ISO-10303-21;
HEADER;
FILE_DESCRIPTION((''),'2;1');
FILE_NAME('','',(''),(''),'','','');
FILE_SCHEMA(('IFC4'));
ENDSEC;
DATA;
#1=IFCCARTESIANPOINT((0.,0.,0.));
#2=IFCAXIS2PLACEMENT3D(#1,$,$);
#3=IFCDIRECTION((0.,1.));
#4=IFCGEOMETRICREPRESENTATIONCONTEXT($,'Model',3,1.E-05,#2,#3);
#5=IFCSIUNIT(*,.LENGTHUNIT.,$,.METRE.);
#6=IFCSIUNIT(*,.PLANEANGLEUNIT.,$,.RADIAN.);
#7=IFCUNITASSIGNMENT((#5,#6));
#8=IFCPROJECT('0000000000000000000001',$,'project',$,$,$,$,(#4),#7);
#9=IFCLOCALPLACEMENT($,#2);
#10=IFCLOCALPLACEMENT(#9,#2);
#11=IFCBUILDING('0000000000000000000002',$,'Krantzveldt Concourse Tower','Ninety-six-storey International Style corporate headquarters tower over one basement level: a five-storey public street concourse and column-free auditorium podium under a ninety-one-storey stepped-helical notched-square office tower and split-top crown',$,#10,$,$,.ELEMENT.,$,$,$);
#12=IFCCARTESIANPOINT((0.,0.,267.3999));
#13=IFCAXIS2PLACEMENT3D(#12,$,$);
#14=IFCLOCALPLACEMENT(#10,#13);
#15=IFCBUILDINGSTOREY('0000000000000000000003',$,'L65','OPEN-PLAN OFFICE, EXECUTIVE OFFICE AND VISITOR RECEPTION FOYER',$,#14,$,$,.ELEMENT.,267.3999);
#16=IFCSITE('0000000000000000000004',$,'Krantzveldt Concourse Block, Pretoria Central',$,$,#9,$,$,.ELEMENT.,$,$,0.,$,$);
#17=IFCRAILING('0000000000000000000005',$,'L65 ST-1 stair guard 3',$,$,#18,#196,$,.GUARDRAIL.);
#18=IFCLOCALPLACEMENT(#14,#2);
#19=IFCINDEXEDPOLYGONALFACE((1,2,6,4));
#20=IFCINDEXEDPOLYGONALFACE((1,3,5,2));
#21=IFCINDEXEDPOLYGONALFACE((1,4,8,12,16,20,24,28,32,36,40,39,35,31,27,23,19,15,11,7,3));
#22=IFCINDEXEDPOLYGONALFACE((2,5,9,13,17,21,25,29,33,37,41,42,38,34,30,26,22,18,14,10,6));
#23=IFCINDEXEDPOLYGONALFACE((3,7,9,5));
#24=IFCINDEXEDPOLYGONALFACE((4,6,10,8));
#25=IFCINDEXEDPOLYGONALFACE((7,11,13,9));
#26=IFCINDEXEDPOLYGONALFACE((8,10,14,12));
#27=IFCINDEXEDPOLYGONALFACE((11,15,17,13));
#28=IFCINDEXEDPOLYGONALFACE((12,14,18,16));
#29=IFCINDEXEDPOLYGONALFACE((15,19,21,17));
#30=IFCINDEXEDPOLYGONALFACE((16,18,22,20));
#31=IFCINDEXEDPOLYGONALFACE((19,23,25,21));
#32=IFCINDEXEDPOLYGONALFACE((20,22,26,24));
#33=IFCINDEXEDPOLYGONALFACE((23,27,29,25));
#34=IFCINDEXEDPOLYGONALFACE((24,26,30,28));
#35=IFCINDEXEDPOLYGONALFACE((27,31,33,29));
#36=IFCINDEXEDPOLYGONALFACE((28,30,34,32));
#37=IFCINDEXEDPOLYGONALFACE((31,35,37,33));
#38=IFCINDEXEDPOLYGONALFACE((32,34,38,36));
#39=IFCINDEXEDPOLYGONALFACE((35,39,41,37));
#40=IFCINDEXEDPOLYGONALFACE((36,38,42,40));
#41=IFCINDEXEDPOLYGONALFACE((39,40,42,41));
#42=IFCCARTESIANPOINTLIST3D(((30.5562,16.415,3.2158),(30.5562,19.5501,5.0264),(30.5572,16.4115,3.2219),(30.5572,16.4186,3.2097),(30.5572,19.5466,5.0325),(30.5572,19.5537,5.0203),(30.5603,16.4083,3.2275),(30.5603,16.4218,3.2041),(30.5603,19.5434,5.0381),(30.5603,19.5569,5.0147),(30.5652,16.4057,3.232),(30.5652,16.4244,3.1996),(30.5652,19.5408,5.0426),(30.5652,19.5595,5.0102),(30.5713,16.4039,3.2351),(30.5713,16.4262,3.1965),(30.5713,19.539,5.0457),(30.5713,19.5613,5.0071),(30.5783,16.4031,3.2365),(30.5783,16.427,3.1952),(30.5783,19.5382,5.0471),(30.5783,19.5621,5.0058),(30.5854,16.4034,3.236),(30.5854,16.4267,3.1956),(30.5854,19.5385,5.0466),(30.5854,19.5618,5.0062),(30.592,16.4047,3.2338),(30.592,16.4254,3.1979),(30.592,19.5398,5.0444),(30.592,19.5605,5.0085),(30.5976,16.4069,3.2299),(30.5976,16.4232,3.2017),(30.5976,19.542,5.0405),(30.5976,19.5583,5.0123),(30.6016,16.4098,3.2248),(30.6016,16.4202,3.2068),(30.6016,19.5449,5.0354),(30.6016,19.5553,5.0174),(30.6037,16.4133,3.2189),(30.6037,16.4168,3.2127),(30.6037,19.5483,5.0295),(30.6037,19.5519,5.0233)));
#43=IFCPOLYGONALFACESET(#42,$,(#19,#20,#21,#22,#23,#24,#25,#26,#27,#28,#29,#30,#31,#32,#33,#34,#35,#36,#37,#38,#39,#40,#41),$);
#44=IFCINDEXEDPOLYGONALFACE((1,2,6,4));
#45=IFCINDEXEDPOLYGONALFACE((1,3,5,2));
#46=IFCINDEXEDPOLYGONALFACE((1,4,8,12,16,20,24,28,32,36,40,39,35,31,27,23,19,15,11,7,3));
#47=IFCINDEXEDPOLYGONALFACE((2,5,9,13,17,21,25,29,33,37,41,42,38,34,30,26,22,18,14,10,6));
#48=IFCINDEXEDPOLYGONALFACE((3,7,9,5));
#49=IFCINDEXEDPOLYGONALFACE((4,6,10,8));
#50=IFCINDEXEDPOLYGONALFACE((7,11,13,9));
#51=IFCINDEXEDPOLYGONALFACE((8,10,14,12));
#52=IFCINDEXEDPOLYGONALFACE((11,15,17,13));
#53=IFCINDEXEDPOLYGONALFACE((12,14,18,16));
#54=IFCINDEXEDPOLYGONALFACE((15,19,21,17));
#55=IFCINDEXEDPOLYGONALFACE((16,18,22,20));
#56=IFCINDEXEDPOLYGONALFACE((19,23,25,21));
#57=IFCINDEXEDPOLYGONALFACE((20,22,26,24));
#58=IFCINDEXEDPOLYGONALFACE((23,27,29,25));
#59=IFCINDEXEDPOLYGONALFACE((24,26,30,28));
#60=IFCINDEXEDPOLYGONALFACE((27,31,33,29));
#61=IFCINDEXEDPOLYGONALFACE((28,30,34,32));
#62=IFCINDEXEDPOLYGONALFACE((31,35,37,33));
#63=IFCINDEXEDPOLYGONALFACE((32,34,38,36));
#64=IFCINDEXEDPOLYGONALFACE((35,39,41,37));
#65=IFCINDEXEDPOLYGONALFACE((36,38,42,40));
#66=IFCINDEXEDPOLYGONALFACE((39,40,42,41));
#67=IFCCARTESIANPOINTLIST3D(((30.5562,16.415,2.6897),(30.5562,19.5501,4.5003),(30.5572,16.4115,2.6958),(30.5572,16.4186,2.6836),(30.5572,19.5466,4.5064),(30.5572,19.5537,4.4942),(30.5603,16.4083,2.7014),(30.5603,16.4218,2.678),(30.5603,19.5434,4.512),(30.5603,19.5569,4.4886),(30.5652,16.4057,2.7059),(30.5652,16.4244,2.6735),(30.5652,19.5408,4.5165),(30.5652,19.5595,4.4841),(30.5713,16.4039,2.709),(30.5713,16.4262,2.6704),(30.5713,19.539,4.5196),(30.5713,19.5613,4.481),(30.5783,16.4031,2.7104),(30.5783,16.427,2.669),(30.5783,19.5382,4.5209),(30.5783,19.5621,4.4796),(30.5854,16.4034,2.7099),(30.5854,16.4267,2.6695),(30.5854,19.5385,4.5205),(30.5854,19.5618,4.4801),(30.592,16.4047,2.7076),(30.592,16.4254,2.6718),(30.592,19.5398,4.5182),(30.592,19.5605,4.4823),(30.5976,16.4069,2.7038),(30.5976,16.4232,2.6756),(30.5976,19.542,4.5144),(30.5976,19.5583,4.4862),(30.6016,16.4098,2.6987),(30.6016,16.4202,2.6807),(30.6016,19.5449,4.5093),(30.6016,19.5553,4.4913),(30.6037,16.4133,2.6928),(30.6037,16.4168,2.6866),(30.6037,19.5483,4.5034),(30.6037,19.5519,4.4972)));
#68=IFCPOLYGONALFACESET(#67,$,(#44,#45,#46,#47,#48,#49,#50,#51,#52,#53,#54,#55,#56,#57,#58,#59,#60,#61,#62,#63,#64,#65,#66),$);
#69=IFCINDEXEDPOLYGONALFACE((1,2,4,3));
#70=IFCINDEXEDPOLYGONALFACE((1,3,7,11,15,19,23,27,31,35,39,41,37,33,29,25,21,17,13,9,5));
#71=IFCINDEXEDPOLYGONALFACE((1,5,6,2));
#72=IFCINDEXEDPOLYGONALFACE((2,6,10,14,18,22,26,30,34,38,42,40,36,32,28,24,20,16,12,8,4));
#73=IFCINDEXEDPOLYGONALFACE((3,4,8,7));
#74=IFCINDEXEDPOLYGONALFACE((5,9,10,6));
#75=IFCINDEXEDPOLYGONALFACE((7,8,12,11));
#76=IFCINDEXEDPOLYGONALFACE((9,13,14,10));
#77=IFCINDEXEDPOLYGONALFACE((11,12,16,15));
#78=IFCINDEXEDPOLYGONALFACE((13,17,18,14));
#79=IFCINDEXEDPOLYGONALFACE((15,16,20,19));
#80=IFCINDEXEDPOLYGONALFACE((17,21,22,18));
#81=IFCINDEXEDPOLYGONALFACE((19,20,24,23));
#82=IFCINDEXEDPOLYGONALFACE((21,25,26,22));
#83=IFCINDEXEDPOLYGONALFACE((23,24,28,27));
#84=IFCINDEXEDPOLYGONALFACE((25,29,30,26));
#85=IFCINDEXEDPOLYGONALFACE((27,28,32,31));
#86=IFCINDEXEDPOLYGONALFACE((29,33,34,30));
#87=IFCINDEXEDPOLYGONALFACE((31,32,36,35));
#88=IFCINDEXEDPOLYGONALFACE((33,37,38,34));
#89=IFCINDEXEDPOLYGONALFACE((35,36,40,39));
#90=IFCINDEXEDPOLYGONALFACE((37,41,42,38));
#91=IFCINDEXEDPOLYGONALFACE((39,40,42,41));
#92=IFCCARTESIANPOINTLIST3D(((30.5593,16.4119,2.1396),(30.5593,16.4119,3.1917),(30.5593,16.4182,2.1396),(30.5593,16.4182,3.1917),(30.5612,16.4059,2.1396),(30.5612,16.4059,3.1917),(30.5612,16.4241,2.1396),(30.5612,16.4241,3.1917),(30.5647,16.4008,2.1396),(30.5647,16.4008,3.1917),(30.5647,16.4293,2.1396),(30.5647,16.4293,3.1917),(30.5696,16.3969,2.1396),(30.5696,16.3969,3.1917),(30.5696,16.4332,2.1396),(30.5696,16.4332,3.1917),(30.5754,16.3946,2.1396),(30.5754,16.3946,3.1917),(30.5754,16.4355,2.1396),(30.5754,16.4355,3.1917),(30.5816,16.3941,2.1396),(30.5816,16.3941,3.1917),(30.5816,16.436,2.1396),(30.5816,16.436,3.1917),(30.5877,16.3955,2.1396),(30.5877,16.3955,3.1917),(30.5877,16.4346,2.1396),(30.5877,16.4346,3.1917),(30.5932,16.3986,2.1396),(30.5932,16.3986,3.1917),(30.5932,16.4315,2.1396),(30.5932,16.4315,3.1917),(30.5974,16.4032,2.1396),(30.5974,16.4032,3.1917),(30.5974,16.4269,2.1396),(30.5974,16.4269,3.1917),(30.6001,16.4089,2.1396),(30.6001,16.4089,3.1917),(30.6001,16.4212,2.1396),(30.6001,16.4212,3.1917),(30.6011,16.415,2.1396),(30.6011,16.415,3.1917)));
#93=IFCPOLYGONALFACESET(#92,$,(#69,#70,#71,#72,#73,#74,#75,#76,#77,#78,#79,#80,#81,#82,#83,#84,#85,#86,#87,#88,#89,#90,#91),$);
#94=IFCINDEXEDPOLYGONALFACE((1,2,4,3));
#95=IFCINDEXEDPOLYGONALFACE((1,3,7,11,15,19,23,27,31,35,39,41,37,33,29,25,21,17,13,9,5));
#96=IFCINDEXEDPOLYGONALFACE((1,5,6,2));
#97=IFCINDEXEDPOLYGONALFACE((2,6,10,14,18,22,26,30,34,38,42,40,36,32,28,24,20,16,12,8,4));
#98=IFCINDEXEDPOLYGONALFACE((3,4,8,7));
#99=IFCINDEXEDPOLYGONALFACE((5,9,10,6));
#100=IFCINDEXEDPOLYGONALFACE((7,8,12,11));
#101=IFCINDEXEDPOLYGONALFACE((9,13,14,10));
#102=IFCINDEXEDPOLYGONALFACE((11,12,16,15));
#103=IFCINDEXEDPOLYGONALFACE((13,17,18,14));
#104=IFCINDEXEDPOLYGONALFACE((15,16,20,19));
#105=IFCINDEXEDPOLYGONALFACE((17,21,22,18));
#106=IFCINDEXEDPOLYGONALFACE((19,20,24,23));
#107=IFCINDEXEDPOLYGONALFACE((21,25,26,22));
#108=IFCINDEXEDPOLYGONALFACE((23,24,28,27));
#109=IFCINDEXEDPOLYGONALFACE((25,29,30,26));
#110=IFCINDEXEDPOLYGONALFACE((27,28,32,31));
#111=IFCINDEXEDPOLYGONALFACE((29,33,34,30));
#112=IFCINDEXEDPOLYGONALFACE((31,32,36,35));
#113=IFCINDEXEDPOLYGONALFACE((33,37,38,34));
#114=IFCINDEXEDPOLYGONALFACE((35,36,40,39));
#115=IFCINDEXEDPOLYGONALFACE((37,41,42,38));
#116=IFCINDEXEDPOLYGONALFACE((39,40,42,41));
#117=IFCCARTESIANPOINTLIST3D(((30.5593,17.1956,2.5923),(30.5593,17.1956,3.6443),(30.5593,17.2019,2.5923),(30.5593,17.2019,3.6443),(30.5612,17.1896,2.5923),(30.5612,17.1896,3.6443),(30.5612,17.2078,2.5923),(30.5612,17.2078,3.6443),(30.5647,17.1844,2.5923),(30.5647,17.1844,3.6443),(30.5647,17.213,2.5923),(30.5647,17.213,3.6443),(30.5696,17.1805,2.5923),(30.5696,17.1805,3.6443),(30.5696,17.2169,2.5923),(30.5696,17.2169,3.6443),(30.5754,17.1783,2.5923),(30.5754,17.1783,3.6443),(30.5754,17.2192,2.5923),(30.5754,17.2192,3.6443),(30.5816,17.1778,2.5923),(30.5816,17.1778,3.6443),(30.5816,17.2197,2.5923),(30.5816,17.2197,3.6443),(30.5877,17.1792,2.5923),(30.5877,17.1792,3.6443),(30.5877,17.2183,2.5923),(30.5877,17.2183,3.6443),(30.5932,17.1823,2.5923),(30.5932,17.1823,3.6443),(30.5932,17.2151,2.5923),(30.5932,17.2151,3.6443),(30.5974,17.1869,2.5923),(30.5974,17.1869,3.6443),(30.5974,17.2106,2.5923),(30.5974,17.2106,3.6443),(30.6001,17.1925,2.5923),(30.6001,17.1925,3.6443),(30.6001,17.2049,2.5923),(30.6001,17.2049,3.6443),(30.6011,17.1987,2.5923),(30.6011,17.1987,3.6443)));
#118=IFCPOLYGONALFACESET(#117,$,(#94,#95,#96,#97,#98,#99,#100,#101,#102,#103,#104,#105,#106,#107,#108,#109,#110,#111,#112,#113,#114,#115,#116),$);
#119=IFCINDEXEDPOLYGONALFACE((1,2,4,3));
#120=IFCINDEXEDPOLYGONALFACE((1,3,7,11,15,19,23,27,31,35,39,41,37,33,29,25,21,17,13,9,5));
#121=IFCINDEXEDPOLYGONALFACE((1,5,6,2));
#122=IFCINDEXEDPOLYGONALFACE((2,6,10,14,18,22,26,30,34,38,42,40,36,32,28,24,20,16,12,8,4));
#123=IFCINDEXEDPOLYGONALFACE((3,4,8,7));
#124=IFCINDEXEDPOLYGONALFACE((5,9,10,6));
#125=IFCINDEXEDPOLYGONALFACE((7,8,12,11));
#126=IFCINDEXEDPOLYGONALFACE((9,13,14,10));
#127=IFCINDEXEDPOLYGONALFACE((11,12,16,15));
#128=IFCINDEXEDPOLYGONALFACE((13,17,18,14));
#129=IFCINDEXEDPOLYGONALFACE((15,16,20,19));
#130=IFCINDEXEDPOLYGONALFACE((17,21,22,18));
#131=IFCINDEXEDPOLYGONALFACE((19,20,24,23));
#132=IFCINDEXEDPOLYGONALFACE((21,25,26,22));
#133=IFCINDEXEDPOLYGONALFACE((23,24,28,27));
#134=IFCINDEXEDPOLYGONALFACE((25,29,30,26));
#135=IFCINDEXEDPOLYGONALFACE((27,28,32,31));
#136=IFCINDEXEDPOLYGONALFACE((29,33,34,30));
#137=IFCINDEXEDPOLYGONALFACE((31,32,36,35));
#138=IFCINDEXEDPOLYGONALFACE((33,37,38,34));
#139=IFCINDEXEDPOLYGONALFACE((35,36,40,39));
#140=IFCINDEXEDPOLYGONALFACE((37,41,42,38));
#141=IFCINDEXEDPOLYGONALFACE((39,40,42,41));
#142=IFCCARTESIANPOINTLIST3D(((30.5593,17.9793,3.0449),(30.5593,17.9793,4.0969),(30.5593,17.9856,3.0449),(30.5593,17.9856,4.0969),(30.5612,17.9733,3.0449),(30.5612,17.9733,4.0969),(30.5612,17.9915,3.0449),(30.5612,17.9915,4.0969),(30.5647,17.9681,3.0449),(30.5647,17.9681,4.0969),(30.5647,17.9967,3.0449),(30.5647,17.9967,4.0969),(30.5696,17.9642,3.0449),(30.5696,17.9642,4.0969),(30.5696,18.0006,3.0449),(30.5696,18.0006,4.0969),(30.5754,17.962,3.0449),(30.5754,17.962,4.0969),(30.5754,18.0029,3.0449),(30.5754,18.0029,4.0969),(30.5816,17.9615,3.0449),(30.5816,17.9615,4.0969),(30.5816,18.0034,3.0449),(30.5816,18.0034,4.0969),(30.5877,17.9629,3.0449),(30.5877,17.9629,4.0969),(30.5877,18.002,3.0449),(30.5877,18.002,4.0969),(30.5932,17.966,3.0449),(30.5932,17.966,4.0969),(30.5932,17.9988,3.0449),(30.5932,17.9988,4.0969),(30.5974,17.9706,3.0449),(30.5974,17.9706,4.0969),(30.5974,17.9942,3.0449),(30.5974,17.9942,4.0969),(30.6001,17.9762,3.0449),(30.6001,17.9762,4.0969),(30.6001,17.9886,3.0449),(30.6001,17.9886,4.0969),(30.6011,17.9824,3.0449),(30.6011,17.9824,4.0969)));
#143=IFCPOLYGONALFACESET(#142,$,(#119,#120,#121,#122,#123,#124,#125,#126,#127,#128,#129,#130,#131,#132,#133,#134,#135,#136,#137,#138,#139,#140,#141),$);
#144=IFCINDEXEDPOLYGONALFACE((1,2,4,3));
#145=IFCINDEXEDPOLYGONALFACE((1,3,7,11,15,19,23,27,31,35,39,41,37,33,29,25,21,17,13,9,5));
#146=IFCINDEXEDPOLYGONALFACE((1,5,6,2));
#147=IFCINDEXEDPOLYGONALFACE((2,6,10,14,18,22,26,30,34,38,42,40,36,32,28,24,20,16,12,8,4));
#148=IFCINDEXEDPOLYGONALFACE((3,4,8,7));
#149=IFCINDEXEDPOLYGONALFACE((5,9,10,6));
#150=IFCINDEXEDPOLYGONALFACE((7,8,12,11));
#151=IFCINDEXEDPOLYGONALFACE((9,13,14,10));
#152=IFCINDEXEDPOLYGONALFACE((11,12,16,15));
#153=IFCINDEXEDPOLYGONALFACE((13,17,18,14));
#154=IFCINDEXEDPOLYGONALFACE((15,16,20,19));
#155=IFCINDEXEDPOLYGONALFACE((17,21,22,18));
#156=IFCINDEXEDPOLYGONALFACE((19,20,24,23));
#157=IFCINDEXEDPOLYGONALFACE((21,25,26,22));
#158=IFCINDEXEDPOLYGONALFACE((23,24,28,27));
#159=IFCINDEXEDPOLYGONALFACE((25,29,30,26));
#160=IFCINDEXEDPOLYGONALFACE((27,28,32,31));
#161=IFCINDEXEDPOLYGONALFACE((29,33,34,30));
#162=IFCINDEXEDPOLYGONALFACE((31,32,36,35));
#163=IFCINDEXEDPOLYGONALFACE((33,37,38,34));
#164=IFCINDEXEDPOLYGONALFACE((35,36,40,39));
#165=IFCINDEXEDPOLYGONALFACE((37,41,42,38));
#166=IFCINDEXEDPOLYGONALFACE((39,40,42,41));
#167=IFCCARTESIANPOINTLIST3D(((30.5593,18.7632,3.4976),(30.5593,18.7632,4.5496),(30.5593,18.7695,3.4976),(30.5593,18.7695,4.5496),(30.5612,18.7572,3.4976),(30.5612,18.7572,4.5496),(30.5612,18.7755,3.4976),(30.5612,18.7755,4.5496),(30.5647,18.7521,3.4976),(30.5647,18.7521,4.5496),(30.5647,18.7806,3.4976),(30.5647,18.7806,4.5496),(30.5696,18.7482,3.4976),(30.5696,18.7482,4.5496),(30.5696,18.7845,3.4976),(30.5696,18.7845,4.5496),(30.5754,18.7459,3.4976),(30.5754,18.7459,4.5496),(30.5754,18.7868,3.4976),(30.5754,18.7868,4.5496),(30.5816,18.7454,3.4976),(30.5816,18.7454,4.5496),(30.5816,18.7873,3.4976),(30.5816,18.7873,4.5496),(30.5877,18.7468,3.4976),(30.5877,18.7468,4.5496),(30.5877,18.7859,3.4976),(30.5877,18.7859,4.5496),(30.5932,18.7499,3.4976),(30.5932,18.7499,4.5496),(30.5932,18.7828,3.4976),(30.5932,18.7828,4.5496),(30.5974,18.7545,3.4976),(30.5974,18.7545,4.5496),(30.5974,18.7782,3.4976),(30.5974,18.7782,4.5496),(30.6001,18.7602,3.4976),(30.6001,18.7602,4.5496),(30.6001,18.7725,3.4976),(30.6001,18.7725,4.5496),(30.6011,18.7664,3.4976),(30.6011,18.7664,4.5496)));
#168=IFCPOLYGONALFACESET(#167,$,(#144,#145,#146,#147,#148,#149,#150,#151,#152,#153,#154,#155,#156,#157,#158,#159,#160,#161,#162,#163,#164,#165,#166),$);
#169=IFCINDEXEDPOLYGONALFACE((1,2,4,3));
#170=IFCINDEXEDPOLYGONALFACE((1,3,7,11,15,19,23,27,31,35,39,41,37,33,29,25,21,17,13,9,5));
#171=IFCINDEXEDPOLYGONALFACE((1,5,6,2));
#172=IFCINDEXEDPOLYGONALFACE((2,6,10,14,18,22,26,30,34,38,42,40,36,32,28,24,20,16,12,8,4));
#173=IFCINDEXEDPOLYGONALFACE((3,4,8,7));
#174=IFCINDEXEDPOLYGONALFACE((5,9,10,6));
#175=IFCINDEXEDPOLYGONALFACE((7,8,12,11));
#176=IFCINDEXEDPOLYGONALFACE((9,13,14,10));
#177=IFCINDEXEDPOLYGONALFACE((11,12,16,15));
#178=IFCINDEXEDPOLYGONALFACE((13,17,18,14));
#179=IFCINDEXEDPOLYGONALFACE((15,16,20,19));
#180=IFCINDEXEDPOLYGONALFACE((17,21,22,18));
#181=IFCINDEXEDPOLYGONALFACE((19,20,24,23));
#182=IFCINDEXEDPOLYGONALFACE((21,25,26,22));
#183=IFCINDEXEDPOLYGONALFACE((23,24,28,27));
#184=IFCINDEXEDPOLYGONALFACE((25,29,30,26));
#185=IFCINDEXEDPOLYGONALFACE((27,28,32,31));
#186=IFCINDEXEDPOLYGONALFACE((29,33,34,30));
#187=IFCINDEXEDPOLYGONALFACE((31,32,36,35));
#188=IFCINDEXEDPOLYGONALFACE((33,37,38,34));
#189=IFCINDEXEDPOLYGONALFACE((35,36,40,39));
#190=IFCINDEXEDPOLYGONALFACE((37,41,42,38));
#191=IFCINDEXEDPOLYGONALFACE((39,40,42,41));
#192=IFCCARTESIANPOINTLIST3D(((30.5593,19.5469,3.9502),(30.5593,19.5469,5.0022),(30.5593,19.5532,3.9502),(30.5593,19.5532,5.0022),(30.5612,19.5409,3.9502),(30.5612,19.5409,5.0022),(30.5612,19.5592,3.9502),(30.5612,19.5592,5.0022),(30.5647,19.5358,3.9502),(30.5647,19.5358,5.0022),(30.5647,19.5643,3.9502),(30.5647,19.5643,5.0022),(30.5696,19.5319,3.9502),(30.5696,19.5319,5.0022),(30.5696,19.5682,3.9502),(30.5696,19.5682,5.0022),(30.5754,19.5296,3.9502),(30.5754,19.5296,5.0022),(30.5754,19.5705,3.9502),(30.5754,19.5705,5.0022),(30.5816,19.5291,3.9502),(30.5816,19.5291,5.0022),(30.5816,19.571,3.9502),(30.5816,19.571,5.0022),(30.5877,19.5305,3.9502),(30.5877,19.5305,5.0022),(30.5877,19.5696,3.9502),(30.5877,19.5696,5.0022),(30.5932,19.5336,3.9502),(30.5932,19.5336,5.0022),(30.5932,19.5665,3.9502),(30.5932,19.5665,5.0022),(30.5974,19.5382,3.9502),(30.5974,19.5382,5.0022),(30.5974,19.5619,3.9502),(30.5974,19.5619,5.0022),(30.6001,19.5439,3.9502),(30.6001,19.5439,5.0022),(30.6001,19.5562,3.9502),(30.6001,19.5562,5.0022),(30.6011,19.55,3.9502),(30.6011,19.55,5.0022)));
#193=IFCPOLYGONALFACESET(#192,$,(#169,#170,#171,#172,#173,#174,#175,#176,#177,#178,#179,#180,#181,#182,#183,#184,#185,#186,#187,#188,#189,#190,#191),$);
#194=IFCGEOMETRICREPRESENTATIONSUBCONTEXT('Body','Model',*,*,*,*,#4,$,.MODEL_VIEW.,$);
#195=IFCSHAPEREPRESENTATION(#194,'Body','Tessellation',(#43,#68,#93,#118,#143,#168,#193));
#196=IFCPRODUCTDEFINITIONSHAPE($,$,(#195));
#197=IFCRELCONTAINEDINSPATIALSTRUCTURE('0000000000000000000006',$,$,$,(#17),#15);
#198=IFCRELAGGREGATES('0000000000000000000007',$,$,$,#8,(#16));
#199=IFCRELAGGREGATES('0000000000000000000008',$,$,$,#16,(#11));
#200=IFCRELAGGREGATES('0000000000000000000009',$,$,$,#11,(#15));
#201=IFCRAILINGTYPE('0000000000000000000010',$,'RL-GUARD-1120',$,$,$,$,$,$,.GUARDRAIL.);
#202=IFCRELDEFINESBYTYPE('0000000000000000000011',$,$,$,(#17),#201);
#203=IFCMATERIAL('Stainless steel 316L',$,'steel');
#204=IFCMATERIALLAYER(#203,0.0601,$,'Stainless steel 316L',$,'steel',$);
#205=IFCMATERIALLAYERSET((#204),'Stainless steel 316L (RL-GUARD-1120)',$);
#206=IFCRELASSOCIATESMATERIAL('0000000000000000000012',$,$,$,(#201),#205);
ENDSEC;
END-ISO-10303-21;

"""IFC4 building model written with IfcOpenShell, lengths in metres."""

from ifc_helpers import new_model, si_unit, direction, frame, origin, origin_2d, place, context, subcontext, project, spatial, circle, extrude, material, layer, layer_set, type_object, element, save


model = new_model("IFC4")

# Units and contexts
model_context = context("Model", 3, precision=1e-05, world=origin(), true_north=direction((0.0, 1.0)))
body_context = subcontext(model_context, "Body", "Model", "MODEL_VIEW")
ifc_project = project(units=[si_unit("LENGTHUNIT", "METRE"), si_unit("PLANEANGLEUNIT", "RADIAN")], contexts=[model_context])

# Site, building, storey
site_placement = place(None, origin())
site = spatial("IfcSite", under=ifc_project, at=site_placement, Name="Krantzveldt Concourse Block, Pretoria Central", CompositionType="ELEMENT", RefElevation=0.0)
building_placement = place(site_placement, origin())
building = spatial("IfcBuilding", under=site, at=building_placement, Name="Krantzveldt Concourse Tower", Description="Ninety-six-storey International Style corporate headquarters tower over one basement level: a five-storey public street concourse and column-free auditorium podium under a ninety-one-storey stepped-helical notched-square office tower and split-top crown", CompositionType="ELEMENT")
storey_placement = place(building_placement, frame((0.0, 0.0, 267.3999)))
storey = spatial("IfcBuildingStorey", under=building, at=storey_placement, Name="L65", Description="OPEN-PLAN OFFICE, EXECUTIVE OFFICE AND VISITOR RECEPTION FOYER", CompositionType="ELEMENT", Elevation=267.3999)

# Railing
ifc_material_1 = material(Name="Stainless steel 316L", Category="steel")
ifc_layer_1 = layer(ifc_material_1, 0.0601, Name="Stainless steel 316L", Category="steel")
ifc_layer_set_1 = layer_set([ifc_layer_1], Name="Stainless steel 316L (RL-GUARD-1120)")
railing_type_1 = type_object("IfcRailingType", Name="RL-GUARD-1120", PredefinedType="GUARDRAIL", material=ifc_layer_set_1)
railing_1_placement = place(storey_placement, frame((30.5801, 16.415, 2.1396)))
element("IfcRailing", 1, at=railing_1_placement, inside=storey, type_object=railing_type_1, Name="L65 ST-1 stair guard 3", PredefinedType="GUARDRAIL", context=body_context, shape_type="SweptSolid", body=[
    extrude(circle(Radius=0.0239, at=origin_2d()), frame((0.0, 0.0, 1.0762), z_axis=(0.0, 0.86596, 0.500114), x_axis=(-1.0, 0.0, 0.0)), (0.0, 0.0, 1.0), 3.6204),
    extrude(circle(Radius=0.0239, at=origin_2d()), frame((0.0, 0.0, 0.55), z_axis=(0.0, 0.86596, 0.500114), x_axis=(-1.0, 0.0, 0.0)), (0.0, 0.0, 1.0), 3.6204),
    extrude(circle(Radius=0.021, at=origin_2d()), origin(), (0.0, 0.0, 1.0), 1.052),
    extrude(circle(Radius=0.021, at=origin_2d()), frame((0.0, 0.7837, 0.4526)), (0.0, 0.0, 1.0), 1.052),
    extrude(circle(Radius=0.021, at=origin_2d()), frame((0.0, 1.5674, 0.9053)), (0.0, 0.0, 1.0), 1.052),
    extrude(circle(Radius=0.021, at=origin_2d()), frame((0.0, 2.3513, 1.3579)), (0.0, 0.0, 1.0), 1.052),
    extrude(circle(Radius=0.021, at=origin_2d()), frame((0.0, 3.135, 1.8105)), (0.0, 0.0, 1.0), 1.052),
])

save(model, "model.ifc")
